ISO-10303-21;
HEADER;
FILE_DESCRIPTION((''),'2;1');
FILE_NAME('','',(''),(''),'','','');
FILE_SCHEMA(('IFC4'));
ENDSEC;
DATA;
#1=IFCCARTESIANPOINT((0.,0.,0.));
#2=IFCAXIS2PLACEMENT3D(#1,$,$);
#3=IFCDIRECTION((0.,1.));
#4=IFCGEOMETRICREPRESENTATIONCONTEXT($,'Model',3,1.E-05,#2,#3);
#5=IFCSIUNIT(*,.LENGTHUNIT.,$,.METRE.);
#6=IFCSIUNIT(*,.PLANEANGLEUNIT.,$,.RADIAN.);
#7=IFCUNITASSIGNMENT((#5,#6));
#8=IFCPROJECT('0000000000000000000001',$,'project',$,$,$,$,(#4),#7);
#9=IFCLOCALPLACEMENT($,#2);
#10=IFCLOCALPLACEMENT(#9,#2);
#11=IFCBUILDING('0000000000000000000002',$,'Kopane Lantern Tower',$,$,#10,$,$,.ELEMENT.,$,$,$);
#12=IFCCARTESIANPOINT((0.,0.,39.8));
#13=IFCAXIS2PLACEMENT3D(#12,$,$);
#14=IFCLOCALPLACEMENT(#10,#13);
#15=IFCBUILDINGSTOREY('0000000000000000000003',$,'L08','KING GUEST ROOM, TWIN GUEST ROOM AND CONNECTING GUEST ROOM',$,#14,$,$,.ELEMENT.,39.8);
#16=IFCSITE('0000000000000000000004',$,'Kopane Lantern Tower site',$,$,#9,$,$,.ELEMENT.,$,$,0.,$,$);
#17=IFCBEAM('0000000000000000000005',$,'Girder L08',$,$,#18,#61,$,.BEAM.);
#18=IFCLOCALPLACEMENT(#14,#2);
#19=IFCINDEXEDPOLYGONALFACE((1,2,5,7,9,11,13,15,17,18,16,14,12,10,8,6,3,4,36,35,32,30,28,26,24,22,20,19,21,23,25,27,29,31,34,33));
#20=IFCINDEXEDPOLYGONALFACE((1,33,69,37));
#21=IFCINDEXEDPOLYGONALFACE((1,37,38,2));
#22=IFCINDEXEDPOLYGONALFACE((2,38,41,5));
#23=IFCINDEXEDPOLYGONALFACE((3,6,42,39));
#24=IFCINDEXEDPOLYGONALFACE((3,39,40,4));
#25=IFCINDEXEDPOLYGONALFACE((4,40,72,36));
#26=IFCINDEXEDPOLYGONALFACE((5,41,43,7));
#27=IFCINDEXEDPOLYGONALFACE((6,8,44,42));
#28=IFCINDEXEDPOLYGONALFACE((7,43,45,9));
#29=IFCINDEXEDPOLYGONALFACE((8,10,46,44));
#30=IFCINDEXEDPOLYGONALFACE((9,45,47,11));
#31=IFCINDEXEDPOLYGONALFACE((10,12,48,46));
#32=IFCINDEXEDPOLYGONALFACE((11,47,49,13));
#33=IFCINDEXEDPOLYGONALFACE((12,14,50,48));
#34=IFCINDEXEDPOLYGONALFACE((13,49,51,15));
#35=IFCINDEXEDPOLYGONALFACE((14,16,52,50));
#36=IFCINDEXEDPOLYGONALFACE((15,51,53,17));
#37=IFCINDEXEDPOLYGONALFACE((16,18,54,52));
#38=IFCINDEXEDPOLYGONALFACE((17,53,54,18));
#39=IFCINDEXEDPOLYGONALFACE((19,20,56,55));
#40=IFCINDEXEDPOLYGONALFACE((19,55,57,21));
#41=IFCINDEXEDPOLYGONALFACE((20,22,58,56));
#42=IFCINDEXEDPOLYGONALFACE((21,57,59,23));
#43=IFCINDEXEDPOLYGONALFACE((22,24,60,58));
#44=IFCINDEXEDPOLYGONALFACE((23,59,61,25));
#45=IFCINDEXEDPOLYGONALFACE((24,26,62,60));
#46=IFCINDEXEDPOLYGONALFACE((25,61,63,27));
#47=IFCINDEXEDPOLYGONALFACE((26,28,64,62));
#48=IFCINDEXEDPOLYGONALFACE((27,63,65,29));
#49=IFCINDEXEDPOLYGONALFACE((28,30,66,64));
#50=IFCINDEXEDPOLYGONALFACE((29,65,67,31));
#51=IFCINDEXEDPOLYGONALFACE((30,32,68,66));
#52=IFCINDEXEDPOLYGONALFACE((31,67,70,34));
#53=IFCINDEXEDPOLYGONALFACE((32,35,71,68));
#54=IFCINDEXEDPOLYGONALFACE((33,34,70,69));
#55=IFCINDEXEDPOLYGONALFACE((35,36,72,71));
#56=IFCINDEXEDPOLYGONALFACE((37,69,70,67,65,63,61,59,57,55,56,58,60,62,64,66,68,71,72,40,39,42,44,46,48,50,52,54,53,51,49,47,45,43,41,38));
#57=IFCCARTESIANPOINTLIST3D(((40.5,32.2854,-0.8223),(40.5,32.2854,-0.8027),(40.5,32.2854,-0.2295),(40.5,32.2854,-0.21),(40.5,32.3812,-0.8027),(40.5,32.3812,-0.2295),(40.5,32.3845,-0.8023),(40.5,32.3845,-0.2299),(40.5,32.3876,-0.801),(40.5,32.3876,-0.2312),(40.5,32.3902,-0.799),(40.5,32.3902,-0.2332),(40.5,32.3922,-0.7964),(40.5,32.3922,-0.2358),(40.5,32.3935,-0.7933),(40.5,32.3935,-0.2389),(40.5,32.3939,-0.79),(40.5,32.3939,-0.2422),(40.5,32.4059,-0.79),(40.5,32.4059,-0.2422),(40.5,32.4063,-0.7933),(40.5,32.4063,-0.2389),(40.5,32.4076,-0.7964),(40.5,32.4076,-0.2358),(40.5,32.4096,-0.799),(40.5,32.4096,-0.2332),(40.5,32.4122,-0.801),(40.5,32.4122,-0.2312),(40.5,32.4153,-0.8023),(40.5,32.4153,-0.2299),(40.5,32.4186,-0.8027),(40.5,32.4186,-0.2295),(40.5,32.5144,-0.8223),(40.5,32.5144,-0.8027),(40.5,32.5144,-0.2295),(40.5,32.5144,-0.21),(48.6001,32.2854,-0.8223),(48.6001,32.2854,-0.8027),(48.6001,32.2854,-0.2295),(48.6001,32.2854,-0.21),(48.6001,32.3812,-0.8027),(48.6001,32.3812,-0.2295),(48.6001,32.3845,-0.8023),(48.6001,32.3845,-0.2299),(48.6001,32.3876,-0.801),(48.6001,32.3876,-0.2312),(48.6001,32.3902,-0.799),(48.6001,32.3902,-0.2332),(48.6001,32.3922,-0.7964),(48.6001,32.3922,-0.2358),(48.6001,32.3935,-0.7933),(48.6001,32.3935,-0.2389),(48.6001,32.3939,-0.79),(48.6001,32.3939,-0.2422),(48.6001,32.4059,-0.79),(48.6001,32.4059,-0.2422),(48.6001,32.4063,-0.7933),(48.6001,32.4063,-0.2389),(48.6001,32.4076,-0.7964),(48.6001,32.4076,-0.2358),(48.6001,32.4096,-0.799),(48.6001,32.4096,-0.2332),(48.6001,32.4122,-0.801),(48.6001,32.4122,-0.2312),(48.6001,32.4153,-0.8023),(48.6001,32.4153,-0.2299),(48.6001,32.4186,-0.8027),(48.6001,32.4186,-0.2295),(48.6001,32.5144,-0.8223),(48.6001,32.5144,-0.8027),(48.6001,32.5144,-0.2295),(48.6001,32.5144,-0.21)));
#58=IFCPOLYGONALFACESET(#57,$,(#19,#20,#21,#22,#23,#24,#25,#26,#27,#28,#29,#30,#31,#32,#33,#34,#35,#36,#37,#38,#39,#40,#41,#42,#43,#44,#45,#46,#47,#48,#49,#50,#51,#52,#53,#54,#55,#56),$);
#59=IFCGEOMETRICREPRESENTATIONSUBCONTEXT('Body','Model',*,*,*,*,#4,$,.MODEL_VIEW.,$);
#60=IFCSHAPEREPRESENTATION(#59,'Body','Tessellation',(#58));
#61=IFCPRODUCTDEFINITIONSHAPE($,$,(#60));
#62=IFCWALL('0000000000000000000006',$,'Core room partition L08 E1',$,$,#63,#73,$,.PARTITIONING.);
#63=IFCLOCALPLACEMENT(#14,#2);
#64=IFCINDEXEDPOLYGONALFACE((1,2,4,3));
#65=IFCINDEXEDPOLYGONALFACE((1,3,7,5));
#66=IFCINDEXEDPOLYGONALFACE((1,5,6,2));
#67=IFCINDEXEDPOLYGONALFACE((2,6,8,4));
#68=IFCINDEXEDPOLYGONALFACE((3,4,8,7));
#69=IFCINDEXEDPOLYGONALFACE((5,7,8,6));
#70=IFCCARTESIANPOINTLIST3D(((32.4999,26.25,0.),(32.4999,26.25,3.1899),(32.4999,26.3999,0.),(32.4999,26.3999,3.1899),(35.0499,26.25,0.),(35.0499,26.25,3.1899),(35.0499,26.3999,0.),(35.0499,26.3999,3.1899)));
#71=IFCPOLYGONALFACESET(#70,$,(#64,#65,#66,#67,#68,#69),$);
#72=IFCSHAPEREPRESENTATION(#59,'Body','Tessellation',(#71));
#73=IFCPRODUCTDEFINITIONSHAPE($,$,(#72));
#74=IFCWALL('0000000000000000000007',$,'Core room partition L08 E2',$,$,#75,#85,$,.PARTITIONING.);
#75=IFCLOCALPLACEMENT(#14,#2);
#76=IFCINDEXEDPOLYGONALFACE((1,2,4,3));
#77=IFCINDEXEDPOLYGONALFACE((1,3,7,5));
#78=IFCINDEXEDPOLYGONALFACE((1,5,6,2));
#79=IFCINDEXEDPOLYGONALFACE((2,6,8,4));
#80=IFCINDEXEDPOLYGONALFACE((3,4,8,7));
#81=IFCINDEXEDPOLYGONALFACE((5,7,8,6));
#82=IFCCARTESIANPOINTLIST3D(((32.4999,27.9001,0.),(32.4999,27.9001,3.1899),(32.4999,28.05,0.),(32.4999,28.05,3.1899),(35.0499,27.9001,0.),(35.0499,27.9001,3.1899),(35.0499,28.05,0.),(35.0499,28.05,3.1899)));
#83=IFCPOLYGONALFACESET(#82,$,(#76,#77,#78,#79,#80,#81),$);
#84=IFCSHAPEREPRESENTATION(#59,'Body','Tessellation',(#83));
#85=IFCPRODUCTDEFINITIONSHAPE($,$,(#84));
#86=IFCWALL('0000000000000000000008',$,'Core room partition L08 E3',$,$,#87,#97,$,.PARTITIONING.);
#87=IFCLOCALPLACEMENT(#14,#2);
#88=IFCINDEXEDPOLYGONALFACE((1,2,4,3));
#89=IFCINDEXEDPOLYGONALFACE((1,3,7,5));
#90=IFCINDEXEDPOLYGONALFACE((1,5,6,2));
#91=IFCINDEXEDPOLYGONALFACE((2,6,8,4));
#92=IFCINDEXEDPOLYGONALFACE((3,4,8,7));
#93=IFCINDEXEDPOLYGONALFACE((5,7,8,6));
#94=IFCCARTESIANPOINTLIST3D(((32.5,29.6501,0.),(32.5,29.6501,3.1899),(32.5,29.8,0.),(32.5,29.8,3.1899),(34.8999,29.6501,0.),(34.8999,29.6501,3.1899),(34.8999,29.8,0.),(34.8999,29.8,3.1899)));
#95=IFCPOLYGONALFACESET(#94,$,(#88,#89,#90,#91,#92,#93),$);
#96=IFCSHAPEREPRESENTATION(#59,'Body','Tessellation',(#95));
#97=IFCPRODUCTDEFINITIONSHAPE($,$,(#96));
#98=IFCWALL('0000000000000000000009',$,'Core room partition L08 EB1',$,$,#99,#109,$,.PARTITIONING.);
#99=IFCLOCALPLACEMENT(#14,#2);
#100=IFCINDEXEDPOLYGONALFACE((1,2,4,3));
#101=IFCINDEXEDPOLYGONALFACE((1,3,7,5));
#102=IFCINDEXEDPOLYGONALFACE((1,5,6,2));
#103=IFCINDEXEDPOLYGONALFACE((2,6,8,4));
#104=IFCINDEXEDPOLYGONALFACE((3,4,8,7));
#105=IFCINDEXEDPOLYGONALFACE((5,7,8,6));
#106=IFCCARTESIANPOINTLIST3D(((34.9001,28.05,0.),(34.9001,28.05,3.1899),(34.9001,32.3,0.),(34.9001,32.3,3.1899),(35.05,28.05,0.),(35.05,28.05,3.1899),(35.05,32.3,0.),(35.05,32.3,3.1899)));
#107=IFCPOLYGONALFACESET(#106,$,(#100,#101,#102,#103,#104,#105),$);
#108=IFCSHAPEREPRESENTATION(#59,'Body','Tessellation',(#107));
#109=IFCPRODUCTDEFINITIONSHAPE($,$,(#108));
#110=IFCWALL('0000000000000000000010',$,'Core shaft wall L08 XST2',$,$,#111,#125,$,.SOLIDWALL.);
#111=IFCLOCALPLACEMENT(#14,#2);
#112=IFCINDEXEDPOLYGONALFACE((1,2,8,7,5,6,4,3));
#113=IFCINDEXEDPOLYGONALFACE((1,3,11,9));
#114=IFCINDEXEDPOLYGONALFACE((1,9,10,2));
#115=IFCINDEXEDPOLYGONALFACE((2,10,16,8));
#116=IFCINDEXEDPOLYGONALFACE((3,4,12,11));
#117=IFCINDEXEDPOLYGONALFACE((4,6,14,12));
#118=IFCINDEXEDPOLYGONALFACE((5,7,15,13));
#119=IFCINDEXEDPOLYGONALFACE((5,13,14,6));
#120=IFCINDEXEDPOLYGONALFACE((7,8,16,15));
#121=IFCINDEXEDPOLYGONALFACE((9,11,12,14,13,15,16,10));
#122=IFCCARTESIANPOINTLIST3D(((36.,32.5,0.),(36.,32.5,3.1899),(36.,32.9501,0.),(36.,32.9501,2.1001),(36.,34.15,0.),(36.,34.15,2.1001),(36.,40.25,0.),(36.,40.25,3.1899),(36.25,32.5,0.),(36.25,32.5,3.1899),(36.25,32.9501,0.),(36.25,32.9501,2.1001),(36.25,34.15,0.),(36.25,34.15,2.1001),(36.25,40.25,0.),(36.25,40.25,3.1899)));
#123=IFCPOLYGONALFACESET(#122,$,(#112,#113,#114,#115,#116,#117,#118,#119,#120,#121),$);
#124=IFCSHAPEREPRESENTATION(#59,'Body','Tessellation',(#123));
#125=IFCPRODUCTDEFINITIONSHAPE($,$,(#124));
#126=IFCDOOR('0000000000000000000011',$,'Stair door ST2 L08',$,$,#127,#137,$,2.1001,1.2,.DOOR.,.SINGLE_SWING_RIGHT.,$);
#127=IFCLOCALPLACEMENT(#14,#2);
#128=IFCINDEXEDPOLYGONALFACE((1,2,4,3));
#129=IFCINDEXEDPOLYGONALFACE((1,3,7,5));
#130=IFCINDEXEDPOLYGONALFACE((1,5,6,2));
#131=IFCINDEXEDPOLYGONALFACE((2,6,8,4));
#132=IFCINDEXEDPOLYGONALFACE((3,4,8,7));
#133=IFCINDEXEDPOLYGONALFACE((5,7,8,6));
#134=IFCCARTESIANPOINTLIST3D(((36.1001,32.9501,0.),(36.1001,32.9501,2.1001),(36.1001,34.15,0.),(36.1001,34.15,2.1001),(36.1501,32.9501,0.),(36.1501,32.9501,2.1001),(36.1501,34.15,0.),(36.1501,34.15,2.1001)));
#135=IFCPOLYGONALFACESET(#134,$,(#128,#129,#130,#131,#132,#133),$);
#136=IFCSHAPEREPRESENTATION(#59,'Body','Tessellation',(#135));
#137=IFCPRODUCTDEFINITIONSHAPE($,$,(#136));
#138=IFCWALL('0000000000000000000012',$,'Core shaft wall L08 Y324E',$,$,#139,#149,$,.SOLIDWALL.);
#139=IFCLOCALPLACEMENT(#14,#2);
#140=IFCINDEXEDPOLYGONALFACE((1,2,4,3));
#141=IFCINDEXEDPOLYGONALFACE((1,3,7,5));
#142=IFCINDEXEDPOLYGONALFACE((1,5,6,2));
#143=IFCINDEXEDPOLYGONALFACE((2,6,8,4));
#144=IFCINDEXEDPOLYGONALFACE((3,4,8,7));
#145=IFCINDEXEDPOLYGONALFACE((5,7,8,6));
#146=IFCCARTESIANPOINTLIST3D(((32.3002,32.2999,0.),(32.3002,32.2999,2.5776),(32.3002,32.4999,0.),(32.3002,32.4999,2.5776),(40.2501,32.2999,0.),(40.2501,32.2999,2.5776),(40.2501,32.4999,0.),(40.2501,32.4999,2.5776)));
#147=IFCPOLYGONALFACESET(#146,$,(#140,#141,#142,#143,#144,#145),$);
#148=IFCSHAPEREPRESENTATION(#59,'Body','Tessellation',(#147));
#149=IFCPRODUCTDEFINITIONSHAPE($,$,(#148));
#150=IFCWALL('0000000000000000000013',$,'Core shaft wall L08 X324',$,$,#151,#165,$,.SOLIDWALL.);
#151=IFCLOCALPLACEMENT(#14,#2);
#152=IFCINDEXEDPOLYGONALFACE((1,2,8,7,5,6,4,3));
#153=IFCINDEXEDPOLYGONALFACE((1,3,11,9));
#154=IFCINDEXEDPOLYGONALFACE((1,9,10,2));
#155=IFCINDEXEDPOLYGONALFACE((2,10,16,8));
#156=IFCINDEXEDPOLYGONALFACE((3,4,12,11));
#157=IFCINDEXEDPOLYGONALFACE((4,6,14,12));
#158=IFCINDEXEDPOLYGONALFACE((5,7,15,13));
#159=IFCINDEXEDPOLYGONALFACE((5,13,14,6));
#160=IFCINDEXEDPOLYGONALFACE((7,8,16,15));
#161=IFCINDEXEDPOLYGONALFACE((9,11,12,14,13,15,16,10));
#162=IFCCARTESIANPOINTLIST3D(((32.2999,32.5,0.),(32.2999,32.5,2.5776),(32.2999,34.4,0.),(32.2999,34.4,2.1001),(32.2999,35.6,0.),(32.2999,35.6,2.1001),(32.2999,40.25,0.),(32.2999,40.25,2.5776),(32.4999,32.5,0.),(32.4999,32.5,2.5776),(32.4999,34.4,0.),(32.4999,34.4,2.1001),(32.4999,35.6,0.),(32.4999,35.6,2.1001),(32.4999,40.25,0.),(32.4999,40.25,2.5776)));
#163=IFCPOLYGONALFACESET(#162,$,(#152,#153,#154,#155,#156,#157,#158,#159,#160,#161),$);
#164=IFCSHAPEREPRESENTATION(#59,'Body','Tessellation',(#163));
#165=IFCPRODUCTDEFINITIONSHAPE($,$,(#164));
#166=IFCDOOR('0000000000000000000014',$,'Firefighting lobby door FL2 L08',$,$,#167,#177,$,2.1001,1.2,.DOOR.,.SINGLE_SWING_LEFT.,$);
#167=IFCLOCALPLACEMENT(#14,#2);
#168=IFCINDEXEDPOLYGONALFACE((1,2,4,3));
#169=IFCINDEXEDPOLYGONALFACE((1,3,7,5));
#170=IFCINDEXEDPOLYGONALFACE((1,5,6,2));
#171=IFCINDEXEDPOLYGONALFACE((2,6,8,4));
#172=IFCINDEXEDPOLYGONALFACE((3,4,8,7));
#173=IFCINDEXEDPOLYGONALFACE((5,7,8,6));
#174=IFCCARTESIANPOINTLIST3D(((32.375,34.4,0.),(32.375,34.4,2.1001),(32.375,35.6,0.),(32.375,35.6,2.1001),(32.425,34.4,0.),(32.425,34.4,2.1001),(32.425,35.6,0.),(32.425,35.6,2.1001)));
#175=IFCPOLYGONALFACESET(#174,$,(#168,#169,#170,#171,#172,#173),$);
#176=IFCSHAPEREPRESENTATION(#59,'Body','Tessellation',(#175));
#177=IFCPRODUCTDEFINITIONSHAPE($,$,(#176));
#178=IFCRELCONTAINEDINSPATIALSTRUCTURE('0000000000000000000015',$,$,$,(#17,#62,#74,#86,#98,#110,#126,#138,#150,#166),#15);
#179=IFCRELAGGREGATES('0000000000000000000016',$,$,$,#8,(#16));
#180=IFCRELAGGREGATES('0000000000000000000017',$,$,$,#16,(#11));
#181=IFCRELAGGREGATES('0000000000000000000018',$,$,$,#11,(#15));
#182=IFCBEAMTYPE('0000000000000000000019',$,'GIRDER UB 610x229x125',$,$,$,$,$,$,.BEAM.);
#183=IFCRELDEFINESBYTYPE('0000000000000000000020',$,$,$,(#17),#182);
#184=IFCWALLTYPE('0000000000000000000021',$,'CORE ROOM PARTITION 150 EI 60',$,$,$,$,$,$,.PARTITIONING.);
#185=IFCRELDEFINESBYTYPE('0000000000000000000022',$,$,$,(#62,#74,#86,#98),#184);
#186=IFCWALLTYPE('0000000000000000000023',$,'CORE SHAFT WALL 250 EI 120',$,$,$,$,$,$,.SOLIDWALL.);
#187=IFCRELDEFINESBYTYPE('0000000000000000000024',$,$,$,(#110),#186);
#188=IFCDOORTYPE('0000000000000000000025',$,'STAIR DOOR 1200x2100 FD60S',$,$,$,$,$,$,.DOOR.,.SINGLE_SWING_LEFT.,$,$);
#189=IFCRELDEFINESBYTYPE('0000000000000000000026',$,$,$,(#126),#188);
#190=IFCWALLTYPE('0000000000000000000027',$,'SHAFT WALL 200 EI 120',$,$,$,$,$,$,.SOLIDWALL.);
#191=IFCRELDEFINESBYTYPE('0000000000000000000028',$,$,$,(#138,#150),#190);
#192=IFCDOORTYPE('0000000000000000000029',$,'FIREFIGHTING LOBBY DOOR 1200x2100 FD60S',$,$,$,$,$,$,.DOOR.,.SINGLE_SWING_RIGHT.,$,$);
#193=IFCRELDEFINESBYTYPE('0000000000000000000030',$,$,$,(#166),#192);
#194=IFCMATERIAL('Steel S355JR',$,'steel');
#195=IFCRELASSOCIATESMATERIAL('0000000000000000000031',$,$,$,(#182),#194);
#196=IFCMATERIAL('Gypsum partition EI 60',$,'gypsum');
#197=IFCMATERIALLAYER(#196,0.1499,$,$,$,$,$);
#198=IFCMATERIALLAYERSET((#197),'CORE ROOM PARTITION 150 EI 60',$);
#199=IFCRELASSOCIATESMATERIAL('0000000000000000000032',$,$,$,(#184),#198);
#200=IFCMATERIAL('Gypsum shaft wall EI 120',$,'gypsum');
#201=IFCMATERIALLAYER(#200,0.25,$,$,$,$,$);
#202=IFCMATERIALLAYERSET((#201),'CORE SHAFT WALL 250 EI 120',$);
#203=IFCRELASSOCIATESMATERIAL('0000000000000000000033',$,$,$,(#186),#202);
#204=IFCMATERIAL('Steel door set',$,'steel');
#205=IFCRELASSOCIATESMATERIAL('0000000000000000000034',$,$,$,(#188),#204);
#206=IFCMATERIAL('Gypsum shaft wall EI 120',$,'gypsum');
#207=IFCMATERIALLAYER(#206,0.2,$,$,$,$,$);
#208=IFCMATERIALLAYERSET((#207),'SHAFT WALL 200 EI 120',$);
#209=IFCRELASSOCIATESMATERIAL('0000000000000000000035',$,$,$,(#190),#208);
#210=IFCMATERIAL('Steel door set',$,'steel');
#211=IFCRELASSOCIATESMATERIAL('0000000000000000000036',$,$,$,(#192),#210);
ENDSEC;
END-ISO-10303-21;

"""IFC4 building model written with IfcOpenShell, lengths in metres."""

from ifc_helpers import new_model, si_unit, direction, frame, frame_2d, origin, origin_2d, place, context, subcontext, project, spatial, rectangle, i_section, extrude, material, layer, layer_set, material_profile, profile_set, type_object, element, fill, save


model = new_model("IFC4")

# Units and contexts
model_context = context("Model", 3, precision=1e-05, world=origin(), true_north=direction((0.0, 1.0)))
body_context = subcontext(model_context, "Body", "Model", "MODEL_VIEW")
ifc_project = project(units=[si_unit("LENGTHUNIT", "METRE"), si_unit("PLANEANGLEUNIT", "RADIAN")], contexts=[model_context])

# Site, building, storey
site_placement = place(None, origin())
site = spatial("IfcSite", under=ifc_project, at=site_placement, Name="Kopane Lantern Tower site", CompositionType="ELEMENT", RefElevation=0.0)
building_placement = place(site_placement, origin())
building = spatial("IfcBuilding", under=site, at=building_placement, Name="Kopane Lantern Tower", CompositionType="ELEMENT")
storey_placement = place(building_placement, frame((0.0, 0.0, 39.8)))
storey = spatial("IfcBuildingStorey", under=building, at=storey_placement, Name="L08", Description="KING GUEST ROOM, TWIN GUEST ROOM AND CONNECTING GUEST ROOM", CompositionType="ELEMENT", Elevation=39.8)

# Beam
ifc_material_1 = material(Name="Steel S355JR", Category="steel")
ifc_material_profile_1 = material_profile(ifc_material_1, i_section(OverallWidth=0.229, OverallDepth=0.6123, WebThickness=0.012, FlangeThickness=0.0195, FilletRadius=0.0127, at=origin_2d()), Name="UB 610x229x125")
ifc_profile_set_1 = profile_set([ifc_material_profile_1], Name="Steel S355JR")
beam_type_1 = type_object("IfcBeamType", Name="GIRDER UB 610x229x125", PredefinedType="BEAM", material=ifc_profile_set_1)
for number, where, z_axis, x_axis, name in (
    (1, (40.5, 32.3999, -0.5161), (1.0, 0.0, 0.0), (0.0, 1.0, 0.0), "Girder L08"),
):
    element("IfcBeam", number, at=place(storey_placement, frame(where, z_axis=z_axis, x_axis=x_axis)), inside=storey, type_object=beam_type_1, Name=name, PredefinedType="BEAM", context=body_context, shape_type="SweptSolid", body=[
        extrude(i_section(OverallWidth=0.229, OverallDepth=0.6123, WebThickness=0.012, FlangeThickness=0.0195, FilletRadius=0.0127, at=origin_2d()), origin(), (0.0, 0.0, 1.0), 8.1001),
    ])

# Walls
ifc_material_2 = material(Name="Gypsum partition EI 60", Category="gypsum")
ifc_layer_1 = layer(ifc_material_2, 0.1499)
ifc_layer_set_1 = layer_set([ifc_layer_1], Name="CORE ROOM PARTITION 150 EI 60")
wall_type_1 = type_object("IfcWallType", Name="CORE ROOM PARTITION 150 EI 60", PredefinedType="PARTITIONING", material=ifc_layer_set_1)
for number, where, z_axis, x_axis, name in (
    (2, (32.5, 26.325, 0.0), (0.0, 0.0, 1.0), (1.0, 0.0, 0.0), "Core room partition L08 E1"),
    (3, (32.5, 27.9751, 0.0), (0.0, 0.0, 1.0), (1.0, 0.0, 0.0), "Core room partition L08 E2"),
):
    element("IfcWall", number, at=place(storey_placement, frame(where, z_axis=z_axis, x_axis=x_axis)), inside=storey, type_object=wall_type_1, Name=name, PredefinedType="PARTITIONING", context=body_context, shape_type="SweptSolid", body=[
        extrude(rectangle(XDim=2.55, YDim=0.1499, at=frame_2d((1.2749, 0.0))), origin(), (0.0, 0.0, 1.0), 3.1899),
    ])
wall_1_placement = place(storey_placement, frame((32.5, 29.7251, 0.0), z_axis=(0.0, 0.0, 1.0), x_axis=(1.0, 0.0, 0.0)))
element("IfcWall", 4, at=wall_1_placement, inside=storey, type_object=wall_type_1, Name="Core room partition L08 E3", PredefinedType="PARTITIONING", context=body_context, shape_type="SweptSolid", body=[
    extrude(rectangle(XDim=2.3999, YDim=0.1499, at=frame_2d((1.2, 0.0))), origin(), (0.0, 0.0, 1.0), 3.1899),
])
wall_2_placement = place(storey_placement, frame((34.9751, 28.05, 0.0), z_axis=(0.0, 0.0, 1.0), x_axis=(0.0, 1.0, 0.0)))
element("IfcWall", 5, at=wall_2_placement, inside=storey, type_object=wall_type_1, Name="Core room partition L08 EB1", PredefinedType="PARTITIONING", context=body_context, shape_type="SweptSolid", body=[
    extrude(rectangle(XDim=4.25, YDim=0.1499, at=frame_2d((2.125, 0.0))), origin(), (0.0, 0.0, 1.0), 3.1899),
])

# Wall, opening, door
ifc_material_3 = material(Name="Gypsum shaft wall EI 120", Category="gypsum")
ifc_layer_2 = layer(ifc_material_3, 0.25)
ifc_layer_set_2 = layer_set([ifc_layer_2], Name="CORE SHAFT WALL 250 EI 120")
wall_type_2 = type_object("IfcWallType", Name="CORE SHAFT WALL 250 EI 120", PredefinedType="SOLIDWALL", material=ifc_layer_set_2)
wall_3_placement = place(storey_placement, frame((36.125, 32.5, 0.0), z_axis=(0.0, 0.0, 1.0), x_axis=(0.0, 1.0, 0.0)))
wall_3 = element("IfcWall", 6, at=wall_3_placement, inside=storey, type_object=wall_type_2, Name="Core shaft wall L08 XST2", PredefinedType="SOLIDWALL", context=body_context, shape_type="SweptSolid", body=[
    extrude(rectangle(XDim=7.75, YDim=0.25, at=frame_2d((3.875, 0.0))), origin(), (0.0, 0.0, 1.0), 3.1899),
])
opening_1_placement = place(wall_3_placement, frame((0.45, 0.0, 0.0)))
opening_1 = element("IfcOpeningElement", 7, at=opening_1_placement, cuts=wall_3, PredefinedType="OPENING", context=body_context, shape_type="SweptSolid", body=[
    extrude(rectangle(XDim=1.2, YDim=2.1001, at=frame_2d((0.6001, 1.05))), frame((0.0, 0.135, 0.0), z_axis=(0.0, -1.0, 0.0), x_axis=(1.0, 0.0, 0.0)), (0.0, 0.0, 1.0), 0.27),
])
ifc_material_4 = material(Name="Steel door set", Category="steel")
door_type_1 = type_object("IfcDoorType", Name="STAIR DOOR 1200x2100 FD60S", OperationType="SINGLE_SWING_LEFT", PredefinedType="DOOR", material=ifc_material_4)
door_1_placement = place(opening_1_placement, origin())
door_1 = element("IfcDoor", 8, at=door_1_placement, inside=storey, type_object=door_type_1, Name="Stair door ST2 L08", OperationType="SINGLE_SWING_RIGHT", OverallHeight=2.1001, OverallWidth=1.2, PredefinedType="DOOR", context=body_context, shape_type="SweptSolid", body=[
    extrude(rectangle(XDim=1.2, YDim=2.1001, at=frame_2d((0.6001, 1.05))), frame((0.0, 0.0249, 0.0), z_axis=(0.0, -1.0, 0.0), x_axis=(1.0, 0.0, 0.0)), (0.0, 0.0, 1.0), 0.05),
])
fill(opening_1, door_1)

# Wall
ifc_material_5 = material(Name="Gypsum shaft wall EI 120", Category="gypsum")
ifc_layer_3 = layer(ifc_material_5, 0.2)
ifc_layer_set_3 = layer_set([ifc_layer_3], Name="SHAFT WALL 200 EI 120")
wall_type_3 = type_object("IfcWallType", Name="SHAFT WALL 200 EI 120", PredefinedType="SOLIDWALL", material=ifc_layer_set_3)
wall_4_placement = place(storey_placement, frame((32.3, 32.3999, 0.0), z_axis=(0.0, 0.0, 1.0), x_axis=(1.0, 0.0, 0.0)))
element("IfcWall", 9, at=wall_4_placement, inside=storey, type_object=wall_type_3, Name="Core shaft wall L08 Y324E", PredefinedType="SOLIDWALL", context=body_context, shape_type="SweptSolid", body=[
    extrude(rectangle(XDim=7.95, YDim=0.2, at=frame_2d((3.9751, 0.0))), origin(), (0.0, 0.0, 1.0), 2.5776),
])

# Wall, opening, door
wall_5_placement = place(storey_placement, frame((32.3999, 32.5, 0.0), z_axis=(0.0, 0.0, 1.0), x_axis=(0.0, 1.0, 0.0)))
wall_5 = element("IfcWall", 10, at=wall_5_placement, inside=storey, type_object=wall_type_3, Name="Core shaft wall L08 X324", PredefinedType="SOLIDWALL", context=body_context, shape_type="SweptSolid", body=[
    extrude(rectangle(XDim=7.75, YDim=0.2, at=frame_2d((3.875, 0.0))), origin(), (0.0, 0.0, 1.0), 2.5776),
])
opening_2_placement = place(wall_5_placement, frame((1.8999, 0.0, 0.0)))
opening_2 = element("IfcOpeningElement", 11, at=opening_2_placement, cuts=wall_5, PredefinedType="OPENING", context=body_context, shape_type="SweptSolid", body=[
    extrude(rectangle(XDim=1.2, YDim=2.1001, at=frame_2d((0.6001, 1.05))), frame((0.0, 0.1099, 0.0), z_axis=(0.0, -1.0, 0.0), x_axis=(1.0, 0.0, 0.0)), (0.0, 0.0, 1.0), 0.22),
])
ifc_material_6 = material(Name="Steel door set", Category="steel")
door_type_2 = type_object("IfcDoorType", Name="FIREFIGHTING LOBBY DOOR 1200x2100 FD60S", OperationType="SINGLE_SWING_RIGHT", PredefinedType="DOOR", material=ifc_material_6)
door_2_placement = place(opening_2_placement, origin())
door_2 = element("IfcDoor", 12, at=door_2_placement, inside=storey, type_object=door_type_2, Name="Firefighting lobby door FL2 L08", OperationType="SINGLE_SWING_LEFT", OverallHeight=2.1001, OverallWidth=1.2, PredefinedType="DOOR", context=body_context, shape_type="SweptSolid", body=[
    extrude(rectangle(XDim=1.2, YDim=2.1001, at=frame_2d((0.6001, 1.05))), frame((0.0, 0.0249, 0.0), z_axis=(0.0, -1.0, 0.0), x_axis=(1.0, 0.0, 0.0)), (0.0, 0.0, 1.0), 0.05),
])
fill(opening_2, door_2)

save(model, "model.ifc")
